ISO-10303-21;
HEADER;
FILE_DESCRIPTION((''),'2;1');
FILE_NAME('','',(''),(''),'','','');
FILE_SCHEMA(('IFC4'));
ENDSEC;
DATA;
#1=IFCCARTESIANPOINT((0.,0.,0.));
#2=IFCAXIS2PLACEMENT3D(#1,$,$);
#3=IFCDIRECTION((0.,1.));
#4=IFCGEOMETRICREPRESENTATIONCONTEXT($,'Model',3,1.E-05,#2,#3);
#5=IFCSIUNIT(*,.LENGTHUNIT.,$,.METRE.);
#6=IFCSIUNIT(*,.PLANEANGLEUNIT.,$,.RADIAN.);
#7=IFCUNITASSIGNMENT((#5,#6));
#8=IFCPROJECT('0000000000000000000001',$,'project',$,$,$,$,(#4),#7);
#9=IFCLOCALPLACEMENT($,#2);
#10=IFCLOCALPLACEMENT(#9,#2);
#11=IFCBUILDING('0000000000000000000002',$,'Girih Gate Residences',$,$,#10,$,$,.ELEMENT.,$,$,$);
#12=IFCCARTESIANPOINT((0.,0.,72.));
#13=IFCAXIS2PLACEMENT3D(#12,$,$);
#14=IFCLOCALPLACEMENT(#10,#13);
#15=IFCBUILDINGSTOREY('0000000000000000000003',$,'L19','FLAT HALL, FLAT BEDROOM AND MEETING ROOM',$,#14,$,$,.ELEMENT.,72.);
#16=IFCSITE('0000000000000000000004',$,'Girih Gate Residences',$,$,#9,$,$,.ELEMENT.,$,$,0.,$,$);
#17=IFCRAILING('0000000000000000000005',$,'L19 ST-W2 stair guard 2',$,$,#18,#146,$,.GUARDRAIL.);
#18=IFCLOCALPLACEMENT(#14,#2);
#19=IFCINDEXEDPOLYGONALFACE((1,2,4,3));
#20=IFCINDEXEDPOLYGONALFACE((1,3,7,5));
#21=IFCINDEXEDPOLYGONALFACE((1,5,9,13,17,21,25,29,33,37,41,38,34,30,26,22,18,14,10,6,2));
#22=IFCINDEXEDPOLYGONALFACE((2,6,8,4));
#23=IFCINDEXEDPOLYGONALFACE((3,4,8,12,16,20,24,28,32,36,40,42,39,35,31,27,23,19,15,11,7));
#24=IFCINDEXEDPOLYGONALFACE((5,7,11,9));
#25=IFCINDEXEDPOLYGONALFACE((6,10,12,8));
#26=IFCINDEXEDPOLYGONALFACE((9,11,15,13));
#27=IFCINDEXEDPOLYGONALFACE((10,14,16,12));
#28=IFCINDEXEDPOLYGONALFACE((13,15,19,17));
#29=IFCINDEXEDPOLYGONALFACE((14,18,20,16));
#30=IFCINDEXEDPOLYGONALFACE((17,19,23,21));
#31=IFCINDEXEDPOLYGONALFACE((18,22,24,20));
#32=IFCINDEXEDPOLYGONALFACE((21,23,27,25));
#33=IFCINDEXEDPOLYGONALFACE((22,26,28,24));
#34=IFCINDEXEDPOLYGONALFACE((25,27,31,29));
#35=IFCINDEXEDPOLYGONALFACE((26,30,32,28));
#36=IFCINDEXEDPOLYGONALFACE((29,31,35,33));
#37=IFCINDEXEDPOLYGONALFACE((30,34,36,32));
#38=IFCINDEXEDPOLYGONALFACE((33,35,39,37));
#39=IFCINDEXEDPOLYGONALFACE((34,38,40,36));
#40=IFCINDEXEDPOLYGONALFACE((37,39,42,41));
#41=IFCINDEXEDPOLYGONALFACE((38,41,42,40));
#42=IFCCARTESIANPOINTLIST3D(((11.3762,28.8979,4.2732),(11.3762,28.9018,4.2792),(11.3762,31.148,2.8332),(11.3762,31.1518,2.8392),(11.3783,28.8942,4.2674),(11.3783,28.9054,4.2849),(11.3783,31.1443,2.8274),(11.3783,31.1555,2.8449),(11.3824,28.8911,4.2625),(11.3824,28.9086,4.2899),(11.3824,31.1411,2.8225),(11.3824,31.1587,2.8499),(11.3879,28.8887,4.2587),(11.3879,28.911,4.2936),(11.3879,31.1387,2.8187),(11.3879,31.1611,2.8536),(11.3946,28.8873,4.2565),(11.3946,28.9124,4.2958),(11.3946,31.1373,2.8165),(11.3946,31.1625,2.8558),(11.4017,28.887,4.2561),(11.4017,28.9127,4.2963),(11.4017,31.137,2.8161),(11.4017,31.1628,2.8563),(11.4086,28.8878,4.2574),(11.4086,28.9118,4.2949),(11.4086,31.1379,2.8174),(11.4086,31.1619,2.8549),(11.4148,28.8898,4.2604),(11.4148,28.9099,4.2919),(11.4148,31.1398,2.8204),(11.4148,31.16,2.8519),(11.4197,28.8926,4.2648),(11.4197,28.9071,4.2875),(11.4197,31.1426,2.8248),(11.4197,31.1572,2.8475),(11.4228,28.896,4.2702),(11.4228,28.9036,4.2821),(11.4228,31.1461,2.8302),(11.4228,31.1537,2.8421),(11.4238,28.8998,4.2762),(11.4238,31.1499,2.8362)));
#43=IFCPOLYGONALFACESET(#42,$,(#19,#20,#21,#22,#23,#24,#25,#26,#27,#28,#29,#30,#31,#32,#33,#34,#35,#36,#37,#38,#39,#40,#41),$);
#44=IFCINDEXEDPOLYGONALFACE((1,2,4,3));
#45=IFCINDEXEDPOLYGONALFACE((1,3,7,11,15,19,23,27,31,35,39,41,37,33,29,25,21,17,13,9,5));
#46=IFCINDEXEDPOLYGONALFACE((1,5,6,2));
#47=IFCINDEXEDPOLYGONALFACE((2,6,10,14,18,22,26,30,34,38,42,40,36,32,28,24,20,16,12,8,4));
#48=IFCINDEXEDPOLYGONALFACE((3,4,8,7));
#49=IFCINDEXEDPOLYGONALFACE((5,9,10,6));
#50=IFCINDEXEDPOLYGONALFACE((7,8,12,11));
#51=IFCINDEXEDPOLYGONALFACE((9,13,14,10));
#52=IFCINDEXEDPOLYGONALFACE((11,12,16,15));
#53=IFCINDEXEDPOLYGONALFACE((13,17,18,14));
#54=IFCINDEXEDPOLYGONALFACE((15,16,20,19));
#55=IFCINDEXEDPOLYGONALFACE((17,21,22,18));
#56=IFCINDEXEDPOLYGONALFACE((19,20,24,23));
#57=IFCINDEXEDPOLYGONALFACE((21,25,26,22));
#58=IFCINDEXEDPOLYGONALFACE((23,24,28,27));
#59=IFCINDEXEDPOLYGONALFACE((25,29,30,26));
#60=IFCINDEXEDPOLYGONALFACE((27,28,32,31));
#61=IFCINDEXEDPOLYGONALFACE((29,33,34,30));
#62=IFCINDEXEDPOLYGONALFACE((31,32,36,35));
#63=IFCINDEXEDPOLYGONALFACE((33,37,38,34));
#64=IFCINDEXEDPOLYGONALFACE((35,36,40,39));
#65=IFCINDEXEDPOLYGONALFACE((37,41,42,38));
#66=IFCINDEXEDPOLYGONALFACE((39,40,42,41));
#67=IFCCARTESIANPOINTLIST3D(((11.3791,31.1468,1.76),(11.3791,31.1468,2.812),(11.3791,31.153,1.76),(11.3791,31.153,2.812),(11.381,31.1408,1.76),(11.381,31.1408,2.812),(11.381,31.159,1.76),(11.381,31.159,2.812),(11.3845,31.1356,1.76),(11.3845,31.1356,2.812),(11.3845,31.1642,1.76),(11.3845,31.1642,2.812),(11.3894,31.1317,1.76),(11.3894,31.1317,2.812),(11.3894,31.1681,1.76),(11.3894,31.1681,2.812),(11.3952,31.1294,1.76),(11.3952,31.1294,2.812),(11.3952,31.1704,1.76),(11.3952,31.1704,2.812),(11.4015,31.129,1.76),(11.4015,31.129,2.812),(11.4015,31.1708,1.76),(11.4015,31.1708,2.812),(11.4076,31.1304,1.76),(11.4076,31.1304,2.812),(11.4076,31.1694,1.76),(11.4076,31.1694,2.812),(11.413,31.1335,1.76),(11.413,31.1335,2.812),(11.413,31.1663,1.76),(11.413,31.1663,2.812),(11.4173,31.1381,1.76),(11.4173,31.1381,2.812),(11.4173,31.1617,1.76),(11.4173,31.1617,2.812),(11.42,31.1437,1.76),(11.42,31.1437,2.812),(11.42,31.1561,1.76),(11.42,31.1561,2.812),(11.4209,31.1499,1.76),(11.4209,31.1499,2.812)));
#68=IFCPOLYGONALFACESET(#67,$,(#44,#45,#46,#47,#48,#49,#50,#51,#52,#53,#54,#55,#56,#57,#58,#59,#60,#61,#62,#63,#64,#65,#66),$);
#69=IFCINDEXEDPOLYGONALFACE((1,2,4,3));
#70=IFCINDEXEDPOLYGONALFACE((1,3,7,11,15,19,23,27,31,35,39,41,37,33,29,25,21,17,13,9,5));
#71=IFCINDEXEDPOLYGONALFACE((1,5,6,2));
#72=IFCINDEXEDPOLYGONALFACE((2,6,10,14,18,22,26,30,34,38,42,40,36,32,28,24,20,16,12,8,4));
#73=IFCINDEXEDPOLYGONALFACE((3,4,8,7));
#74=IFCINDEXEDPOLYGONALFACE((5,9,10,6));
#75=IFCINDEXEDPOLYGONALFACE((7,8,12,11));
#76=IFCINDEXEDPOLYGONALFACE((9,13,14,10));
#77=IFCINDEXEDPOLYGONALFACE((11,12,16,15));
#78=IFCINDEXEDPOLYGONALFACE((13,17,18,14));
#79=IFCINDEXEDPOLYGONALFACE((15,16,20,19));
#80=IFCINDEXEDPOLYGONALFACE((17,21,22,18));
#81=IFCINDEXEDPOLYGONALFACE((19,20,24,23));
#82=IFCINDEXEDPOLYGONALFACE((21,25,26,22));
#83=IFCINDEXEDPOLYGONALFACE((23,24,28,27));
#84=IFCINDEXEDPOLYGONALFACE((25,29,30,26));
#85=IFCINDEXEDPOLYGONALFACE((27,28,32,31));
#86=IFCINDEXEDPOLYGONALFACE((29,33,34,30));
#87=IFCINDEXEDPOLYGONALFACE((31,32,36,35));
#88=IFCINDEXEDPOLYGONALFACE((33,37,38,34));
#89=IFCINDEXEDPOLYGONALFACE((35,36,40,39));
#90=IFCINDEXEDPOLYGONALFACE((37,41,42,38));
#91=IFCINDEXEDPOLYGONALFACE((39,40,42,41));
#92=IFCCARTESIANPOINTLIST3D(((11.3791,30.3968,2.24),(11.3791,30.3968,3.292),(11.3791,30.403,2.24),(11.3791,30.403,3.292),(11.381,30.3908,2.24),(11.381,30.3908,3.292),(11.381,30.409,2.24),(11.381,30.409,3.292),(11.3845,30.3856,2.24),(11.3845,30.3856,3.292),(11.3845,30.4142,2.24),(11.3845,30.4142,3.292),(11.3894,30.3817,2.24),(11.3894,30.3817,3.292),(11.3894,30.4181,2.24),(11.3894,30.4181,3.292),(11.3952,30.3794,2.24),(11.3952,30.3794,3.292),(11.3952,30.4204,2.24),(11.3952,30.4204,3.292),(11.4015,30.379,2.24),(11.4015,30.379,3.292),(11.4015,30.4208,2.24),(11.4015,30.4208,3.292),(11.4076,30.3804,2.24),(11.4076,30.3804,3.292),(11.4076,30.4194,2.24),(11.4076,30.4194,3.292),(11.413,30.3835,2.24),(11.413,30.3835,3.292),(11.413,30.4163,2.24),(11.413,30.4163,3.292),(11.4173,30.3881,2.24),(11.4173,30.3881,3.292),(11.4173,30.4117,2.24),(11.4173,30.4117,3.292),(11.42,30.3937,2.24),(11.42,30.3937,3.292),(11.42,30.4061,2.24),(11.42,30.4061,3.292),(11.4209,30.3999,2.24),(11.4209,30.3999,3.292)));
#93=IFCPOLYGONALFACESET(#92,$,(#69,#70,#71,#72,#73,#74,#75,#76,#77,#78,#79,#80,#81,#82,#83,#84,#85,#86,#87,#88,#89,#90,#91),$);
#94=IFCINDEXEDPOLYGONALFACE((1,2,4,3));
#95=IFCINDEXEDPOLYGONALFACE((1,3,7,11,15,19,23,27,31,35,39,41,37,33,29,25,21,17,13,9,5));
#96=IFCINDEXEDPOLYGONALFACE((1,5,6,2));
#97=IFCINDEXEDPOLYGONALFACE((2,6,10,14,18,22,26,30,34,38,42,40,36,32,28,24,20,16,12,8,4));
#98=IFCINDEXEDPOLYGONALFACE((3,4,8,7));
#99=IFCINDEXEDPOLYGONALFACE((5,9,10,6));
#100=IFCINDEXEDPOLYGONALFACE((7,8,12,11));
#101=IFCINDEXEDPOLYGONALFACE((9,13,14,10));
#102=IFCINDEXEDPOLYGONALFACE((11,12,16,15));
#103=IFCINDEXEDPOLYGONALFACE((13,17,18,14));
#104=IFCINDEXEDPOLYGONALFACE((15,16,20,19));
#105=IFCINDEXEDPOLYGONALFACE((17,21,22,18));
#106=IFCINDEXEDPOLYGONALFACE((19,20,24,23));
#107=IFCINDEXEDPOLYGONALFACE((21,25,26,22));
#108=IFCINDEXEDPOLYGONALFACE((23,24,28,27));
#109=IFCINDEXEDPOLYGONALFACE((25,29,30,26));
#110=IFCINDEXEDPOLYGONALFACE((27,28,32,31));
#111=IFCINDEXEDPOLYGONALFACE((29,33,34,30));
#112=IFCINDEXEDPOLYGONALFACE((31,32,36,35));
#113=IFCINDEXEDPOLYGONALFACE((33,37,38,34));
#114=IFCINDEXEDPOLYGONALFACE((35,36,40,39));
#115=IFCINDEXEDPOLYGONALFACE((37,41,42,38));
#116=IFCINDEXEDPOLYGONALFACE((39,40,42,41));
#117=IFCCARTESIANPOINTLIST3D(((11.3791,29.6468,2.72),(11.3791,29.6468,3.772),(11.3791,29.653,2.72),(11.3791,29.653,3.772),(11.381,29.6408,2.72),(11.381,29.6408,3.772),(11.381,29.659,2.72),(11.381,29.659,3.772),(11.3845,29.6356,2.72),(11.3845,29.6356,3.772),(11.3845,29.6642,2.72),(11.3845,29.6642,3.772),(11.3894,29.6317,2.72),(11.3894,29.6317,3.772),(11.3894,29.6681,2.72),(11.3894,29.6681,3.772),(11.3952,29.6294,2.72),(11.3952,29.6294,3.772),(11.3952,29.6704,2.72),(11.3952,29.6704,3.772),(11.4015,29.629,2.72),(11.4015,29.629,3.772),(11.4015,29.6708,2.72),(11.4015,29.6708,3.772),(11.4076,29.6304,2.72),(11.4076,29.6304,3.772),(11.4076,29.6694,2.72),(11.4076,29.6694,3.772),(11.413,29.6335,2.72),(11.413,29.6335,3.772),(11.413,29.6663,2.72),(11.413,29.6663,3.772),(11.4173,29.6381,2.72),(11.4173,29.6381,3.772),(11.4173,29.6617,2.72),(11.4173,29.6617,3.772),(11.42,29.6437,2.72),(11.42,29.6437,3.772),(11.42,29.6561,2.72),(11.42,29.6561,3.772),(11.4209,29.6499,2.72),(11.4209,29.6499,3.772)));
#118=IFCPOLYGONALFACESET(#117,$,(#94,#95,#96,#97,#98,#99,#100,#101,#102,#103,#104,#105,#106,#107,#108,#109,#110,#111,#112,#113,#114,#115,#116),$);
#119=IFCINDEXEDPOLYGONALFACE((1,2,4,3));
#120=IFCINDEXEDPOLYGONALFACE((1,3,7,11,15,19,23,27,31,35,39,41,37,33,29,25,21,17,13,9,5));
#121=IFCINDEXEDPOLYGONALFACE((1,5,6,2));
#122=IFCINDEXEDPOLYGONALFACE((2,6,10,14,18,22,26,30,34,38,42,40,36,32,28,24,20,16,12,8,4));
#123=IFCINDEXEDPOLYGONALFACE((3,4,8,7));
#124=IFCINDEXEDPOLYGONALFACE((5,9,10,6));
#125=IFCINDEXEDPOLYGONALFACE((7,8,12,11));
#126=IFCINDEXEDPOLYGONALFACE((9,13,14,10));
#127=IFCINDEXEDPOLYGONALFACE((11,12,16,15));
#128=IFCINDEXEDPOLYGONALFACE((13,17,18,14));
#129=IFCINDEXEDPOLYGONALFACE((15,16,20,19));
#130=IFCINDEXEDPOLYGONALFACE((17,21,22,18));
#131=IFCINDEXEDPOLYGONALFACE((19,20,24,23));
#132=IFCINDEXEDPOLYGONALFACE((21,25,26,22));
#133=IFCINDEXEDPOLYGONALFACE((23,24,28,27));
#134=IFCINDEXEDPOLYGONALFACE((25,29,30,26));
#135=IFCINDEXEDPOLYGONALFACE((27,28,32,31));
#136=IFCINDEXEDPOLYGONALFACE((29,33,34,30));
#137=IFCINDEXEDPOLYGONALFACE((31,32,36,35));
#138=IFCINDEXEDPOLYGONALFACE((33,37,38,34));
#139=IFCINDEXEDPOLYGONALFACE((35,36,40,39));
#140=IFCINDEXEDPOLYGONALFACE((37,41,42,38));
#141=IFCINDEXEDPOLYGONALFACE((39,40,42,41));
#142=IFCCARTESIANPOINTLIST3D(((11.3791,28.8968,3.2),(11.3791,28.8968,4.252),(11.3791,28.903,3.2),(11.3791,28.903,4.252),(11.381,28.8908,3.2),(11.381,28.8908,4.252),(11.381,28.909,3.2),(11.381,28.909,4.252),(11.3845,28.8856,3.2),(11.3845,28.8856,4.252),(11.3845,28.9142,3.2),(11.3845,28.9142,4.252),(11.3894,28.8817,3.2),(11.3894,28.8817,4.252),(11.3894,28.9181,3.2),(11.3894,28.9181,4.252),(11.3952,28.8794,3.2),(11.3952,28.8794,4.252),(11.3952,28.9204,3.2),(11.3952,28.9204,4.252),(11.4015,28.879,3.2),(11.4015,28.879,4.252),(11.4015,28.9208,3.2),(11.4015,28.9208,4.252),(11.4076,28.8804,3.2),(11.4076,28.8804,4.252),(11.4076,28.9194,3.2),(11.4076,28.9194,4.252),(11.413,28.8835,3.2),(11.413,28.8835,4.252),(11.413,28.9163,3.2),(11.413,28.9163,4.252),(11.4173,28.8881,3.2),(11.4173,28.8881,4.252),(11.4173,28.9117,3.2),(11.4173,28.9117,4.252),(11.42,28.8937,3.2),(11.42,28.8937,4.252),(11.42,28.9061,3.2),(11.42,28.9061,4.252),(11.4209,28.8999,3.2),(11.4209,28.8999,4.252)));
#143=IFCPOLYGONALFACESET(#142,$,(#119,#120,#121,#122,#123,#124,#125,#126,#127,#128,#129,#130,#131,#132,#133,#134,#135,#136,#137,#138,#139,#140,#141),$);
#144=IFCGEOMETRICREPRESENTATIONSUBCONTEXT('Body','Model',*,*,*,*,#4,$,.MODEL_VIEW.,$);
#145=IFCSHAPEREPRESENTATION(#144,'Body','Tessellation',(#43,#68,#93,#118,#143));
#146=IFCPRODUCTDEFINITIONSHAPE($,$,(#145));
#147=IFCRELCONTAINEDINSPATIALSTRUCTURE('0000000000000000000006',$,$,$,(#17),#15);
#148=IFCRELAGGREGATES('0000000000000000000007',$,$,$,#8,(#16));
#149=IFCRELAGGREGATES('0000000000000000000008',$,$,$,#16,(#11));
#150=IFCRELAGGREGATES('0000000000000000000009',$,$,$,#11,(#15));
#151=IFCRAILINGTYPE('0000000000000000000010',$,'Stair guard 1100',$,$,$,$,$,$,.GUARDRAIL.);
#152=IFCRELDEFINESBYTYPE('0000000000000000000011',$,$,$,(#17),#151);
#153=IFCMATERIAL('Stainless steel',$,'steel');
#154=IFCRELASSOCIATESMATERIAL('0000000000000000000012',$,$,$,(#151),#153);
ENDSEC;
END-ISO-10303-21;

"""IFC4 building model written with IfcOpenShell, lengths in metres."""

from ifc_helpers import new_model, si_unit, direction, frame, origin, origin_2d, place, context, subcontext, project, spatial, circle, extrude, material, type_object, element, save


model = new_model("IFC4")

# Units and contexts
model_context = context("Model", 3, precision=1e-05, world=origin(), true_north=direction((0.0, 1.0)))
body_context = subcontext(model_context, "Body", "Model", "MODEL_VIEW")
ifc_project = project(units=[si_unit("LENGTHUNIT", "METRE"), si_unit("PLANEANGLEUNIT", "RADIAN")], contexts=[model_context])

# Site, building, storey
site_placement = place(None, origin())
site = spatial("IfcSite", under=ifc_project, at=site_placement, Name="Girih Gate Residences", CompositionType="ELEMENT", RefElevation=0.0)
building_placement = place(site_placement, origin())
building = spatial("IfcBuilding", under=site, at=building_placement, Name="Girih Gate Residences", CompositionType="ELEMENT")
storey_placement = place(building_placement, frame((0.0, 0.0, 72.0)))
storey = spatial("IfcBuildingStorey", under=building, at=storey_placement, Name="L19", Description="FLAT HALL, FLAT BEDROOM AND MEETING ROOM", CompositionType="ELEMENT", Elevation=72.0)

# Railing
ifc_material_1 = material(Name="Stainless steel", Category="steel")
railing_type_1 = type_object("IfcRailingType", Name="Stair guard 1100", PredefinedType="GUARDRAIL", material=ifc_material_1)
railing_1_placement = place(storey_placement, frame((11.3999, 31.1499, 1.76)))
element("IfcRailing", 1, at=railing_1_placement, inside=storey, type_object=railing_type_1, Name="L19 ST-W2 stair guard 2", PredefinedType="GUARDRAIL", context=body_context, shape_type="SweptSolid", body=[
    extrude(circle(Radius=0.0239, at=origin_2d()), frame((0.0, 0.0, 1.0762), z_axis=(0.0, -0.842281, 0.539038), x_axis=(1.0, 0.0, 0.0)), (0.0, 0.0, 1.0), 2.6714),
    extrude(circle(Radius=0.021, at=origin_2d()), origin(), (0.0, 0.0, 1.0), 1.052),
    extrude(circle(Radius=0.021, at=origin_2d()), frame((0.0, -0.75, 0.48)), (0.0, 0.0, 1.0), 1.052),
    extrude(circle(Radius=0.021, at=origin_2d()), frame((0.0, -1.5, 0.96)), (0.0, 0.0, 1.0), 1.052),
    extrude(circle(Radius=0.021, at=origin_2d()), frame((0.0, -2.25, 1.4399)), (0.0, 0.0, 1.0), 1.052),
])

save(model, "model.ifc")
